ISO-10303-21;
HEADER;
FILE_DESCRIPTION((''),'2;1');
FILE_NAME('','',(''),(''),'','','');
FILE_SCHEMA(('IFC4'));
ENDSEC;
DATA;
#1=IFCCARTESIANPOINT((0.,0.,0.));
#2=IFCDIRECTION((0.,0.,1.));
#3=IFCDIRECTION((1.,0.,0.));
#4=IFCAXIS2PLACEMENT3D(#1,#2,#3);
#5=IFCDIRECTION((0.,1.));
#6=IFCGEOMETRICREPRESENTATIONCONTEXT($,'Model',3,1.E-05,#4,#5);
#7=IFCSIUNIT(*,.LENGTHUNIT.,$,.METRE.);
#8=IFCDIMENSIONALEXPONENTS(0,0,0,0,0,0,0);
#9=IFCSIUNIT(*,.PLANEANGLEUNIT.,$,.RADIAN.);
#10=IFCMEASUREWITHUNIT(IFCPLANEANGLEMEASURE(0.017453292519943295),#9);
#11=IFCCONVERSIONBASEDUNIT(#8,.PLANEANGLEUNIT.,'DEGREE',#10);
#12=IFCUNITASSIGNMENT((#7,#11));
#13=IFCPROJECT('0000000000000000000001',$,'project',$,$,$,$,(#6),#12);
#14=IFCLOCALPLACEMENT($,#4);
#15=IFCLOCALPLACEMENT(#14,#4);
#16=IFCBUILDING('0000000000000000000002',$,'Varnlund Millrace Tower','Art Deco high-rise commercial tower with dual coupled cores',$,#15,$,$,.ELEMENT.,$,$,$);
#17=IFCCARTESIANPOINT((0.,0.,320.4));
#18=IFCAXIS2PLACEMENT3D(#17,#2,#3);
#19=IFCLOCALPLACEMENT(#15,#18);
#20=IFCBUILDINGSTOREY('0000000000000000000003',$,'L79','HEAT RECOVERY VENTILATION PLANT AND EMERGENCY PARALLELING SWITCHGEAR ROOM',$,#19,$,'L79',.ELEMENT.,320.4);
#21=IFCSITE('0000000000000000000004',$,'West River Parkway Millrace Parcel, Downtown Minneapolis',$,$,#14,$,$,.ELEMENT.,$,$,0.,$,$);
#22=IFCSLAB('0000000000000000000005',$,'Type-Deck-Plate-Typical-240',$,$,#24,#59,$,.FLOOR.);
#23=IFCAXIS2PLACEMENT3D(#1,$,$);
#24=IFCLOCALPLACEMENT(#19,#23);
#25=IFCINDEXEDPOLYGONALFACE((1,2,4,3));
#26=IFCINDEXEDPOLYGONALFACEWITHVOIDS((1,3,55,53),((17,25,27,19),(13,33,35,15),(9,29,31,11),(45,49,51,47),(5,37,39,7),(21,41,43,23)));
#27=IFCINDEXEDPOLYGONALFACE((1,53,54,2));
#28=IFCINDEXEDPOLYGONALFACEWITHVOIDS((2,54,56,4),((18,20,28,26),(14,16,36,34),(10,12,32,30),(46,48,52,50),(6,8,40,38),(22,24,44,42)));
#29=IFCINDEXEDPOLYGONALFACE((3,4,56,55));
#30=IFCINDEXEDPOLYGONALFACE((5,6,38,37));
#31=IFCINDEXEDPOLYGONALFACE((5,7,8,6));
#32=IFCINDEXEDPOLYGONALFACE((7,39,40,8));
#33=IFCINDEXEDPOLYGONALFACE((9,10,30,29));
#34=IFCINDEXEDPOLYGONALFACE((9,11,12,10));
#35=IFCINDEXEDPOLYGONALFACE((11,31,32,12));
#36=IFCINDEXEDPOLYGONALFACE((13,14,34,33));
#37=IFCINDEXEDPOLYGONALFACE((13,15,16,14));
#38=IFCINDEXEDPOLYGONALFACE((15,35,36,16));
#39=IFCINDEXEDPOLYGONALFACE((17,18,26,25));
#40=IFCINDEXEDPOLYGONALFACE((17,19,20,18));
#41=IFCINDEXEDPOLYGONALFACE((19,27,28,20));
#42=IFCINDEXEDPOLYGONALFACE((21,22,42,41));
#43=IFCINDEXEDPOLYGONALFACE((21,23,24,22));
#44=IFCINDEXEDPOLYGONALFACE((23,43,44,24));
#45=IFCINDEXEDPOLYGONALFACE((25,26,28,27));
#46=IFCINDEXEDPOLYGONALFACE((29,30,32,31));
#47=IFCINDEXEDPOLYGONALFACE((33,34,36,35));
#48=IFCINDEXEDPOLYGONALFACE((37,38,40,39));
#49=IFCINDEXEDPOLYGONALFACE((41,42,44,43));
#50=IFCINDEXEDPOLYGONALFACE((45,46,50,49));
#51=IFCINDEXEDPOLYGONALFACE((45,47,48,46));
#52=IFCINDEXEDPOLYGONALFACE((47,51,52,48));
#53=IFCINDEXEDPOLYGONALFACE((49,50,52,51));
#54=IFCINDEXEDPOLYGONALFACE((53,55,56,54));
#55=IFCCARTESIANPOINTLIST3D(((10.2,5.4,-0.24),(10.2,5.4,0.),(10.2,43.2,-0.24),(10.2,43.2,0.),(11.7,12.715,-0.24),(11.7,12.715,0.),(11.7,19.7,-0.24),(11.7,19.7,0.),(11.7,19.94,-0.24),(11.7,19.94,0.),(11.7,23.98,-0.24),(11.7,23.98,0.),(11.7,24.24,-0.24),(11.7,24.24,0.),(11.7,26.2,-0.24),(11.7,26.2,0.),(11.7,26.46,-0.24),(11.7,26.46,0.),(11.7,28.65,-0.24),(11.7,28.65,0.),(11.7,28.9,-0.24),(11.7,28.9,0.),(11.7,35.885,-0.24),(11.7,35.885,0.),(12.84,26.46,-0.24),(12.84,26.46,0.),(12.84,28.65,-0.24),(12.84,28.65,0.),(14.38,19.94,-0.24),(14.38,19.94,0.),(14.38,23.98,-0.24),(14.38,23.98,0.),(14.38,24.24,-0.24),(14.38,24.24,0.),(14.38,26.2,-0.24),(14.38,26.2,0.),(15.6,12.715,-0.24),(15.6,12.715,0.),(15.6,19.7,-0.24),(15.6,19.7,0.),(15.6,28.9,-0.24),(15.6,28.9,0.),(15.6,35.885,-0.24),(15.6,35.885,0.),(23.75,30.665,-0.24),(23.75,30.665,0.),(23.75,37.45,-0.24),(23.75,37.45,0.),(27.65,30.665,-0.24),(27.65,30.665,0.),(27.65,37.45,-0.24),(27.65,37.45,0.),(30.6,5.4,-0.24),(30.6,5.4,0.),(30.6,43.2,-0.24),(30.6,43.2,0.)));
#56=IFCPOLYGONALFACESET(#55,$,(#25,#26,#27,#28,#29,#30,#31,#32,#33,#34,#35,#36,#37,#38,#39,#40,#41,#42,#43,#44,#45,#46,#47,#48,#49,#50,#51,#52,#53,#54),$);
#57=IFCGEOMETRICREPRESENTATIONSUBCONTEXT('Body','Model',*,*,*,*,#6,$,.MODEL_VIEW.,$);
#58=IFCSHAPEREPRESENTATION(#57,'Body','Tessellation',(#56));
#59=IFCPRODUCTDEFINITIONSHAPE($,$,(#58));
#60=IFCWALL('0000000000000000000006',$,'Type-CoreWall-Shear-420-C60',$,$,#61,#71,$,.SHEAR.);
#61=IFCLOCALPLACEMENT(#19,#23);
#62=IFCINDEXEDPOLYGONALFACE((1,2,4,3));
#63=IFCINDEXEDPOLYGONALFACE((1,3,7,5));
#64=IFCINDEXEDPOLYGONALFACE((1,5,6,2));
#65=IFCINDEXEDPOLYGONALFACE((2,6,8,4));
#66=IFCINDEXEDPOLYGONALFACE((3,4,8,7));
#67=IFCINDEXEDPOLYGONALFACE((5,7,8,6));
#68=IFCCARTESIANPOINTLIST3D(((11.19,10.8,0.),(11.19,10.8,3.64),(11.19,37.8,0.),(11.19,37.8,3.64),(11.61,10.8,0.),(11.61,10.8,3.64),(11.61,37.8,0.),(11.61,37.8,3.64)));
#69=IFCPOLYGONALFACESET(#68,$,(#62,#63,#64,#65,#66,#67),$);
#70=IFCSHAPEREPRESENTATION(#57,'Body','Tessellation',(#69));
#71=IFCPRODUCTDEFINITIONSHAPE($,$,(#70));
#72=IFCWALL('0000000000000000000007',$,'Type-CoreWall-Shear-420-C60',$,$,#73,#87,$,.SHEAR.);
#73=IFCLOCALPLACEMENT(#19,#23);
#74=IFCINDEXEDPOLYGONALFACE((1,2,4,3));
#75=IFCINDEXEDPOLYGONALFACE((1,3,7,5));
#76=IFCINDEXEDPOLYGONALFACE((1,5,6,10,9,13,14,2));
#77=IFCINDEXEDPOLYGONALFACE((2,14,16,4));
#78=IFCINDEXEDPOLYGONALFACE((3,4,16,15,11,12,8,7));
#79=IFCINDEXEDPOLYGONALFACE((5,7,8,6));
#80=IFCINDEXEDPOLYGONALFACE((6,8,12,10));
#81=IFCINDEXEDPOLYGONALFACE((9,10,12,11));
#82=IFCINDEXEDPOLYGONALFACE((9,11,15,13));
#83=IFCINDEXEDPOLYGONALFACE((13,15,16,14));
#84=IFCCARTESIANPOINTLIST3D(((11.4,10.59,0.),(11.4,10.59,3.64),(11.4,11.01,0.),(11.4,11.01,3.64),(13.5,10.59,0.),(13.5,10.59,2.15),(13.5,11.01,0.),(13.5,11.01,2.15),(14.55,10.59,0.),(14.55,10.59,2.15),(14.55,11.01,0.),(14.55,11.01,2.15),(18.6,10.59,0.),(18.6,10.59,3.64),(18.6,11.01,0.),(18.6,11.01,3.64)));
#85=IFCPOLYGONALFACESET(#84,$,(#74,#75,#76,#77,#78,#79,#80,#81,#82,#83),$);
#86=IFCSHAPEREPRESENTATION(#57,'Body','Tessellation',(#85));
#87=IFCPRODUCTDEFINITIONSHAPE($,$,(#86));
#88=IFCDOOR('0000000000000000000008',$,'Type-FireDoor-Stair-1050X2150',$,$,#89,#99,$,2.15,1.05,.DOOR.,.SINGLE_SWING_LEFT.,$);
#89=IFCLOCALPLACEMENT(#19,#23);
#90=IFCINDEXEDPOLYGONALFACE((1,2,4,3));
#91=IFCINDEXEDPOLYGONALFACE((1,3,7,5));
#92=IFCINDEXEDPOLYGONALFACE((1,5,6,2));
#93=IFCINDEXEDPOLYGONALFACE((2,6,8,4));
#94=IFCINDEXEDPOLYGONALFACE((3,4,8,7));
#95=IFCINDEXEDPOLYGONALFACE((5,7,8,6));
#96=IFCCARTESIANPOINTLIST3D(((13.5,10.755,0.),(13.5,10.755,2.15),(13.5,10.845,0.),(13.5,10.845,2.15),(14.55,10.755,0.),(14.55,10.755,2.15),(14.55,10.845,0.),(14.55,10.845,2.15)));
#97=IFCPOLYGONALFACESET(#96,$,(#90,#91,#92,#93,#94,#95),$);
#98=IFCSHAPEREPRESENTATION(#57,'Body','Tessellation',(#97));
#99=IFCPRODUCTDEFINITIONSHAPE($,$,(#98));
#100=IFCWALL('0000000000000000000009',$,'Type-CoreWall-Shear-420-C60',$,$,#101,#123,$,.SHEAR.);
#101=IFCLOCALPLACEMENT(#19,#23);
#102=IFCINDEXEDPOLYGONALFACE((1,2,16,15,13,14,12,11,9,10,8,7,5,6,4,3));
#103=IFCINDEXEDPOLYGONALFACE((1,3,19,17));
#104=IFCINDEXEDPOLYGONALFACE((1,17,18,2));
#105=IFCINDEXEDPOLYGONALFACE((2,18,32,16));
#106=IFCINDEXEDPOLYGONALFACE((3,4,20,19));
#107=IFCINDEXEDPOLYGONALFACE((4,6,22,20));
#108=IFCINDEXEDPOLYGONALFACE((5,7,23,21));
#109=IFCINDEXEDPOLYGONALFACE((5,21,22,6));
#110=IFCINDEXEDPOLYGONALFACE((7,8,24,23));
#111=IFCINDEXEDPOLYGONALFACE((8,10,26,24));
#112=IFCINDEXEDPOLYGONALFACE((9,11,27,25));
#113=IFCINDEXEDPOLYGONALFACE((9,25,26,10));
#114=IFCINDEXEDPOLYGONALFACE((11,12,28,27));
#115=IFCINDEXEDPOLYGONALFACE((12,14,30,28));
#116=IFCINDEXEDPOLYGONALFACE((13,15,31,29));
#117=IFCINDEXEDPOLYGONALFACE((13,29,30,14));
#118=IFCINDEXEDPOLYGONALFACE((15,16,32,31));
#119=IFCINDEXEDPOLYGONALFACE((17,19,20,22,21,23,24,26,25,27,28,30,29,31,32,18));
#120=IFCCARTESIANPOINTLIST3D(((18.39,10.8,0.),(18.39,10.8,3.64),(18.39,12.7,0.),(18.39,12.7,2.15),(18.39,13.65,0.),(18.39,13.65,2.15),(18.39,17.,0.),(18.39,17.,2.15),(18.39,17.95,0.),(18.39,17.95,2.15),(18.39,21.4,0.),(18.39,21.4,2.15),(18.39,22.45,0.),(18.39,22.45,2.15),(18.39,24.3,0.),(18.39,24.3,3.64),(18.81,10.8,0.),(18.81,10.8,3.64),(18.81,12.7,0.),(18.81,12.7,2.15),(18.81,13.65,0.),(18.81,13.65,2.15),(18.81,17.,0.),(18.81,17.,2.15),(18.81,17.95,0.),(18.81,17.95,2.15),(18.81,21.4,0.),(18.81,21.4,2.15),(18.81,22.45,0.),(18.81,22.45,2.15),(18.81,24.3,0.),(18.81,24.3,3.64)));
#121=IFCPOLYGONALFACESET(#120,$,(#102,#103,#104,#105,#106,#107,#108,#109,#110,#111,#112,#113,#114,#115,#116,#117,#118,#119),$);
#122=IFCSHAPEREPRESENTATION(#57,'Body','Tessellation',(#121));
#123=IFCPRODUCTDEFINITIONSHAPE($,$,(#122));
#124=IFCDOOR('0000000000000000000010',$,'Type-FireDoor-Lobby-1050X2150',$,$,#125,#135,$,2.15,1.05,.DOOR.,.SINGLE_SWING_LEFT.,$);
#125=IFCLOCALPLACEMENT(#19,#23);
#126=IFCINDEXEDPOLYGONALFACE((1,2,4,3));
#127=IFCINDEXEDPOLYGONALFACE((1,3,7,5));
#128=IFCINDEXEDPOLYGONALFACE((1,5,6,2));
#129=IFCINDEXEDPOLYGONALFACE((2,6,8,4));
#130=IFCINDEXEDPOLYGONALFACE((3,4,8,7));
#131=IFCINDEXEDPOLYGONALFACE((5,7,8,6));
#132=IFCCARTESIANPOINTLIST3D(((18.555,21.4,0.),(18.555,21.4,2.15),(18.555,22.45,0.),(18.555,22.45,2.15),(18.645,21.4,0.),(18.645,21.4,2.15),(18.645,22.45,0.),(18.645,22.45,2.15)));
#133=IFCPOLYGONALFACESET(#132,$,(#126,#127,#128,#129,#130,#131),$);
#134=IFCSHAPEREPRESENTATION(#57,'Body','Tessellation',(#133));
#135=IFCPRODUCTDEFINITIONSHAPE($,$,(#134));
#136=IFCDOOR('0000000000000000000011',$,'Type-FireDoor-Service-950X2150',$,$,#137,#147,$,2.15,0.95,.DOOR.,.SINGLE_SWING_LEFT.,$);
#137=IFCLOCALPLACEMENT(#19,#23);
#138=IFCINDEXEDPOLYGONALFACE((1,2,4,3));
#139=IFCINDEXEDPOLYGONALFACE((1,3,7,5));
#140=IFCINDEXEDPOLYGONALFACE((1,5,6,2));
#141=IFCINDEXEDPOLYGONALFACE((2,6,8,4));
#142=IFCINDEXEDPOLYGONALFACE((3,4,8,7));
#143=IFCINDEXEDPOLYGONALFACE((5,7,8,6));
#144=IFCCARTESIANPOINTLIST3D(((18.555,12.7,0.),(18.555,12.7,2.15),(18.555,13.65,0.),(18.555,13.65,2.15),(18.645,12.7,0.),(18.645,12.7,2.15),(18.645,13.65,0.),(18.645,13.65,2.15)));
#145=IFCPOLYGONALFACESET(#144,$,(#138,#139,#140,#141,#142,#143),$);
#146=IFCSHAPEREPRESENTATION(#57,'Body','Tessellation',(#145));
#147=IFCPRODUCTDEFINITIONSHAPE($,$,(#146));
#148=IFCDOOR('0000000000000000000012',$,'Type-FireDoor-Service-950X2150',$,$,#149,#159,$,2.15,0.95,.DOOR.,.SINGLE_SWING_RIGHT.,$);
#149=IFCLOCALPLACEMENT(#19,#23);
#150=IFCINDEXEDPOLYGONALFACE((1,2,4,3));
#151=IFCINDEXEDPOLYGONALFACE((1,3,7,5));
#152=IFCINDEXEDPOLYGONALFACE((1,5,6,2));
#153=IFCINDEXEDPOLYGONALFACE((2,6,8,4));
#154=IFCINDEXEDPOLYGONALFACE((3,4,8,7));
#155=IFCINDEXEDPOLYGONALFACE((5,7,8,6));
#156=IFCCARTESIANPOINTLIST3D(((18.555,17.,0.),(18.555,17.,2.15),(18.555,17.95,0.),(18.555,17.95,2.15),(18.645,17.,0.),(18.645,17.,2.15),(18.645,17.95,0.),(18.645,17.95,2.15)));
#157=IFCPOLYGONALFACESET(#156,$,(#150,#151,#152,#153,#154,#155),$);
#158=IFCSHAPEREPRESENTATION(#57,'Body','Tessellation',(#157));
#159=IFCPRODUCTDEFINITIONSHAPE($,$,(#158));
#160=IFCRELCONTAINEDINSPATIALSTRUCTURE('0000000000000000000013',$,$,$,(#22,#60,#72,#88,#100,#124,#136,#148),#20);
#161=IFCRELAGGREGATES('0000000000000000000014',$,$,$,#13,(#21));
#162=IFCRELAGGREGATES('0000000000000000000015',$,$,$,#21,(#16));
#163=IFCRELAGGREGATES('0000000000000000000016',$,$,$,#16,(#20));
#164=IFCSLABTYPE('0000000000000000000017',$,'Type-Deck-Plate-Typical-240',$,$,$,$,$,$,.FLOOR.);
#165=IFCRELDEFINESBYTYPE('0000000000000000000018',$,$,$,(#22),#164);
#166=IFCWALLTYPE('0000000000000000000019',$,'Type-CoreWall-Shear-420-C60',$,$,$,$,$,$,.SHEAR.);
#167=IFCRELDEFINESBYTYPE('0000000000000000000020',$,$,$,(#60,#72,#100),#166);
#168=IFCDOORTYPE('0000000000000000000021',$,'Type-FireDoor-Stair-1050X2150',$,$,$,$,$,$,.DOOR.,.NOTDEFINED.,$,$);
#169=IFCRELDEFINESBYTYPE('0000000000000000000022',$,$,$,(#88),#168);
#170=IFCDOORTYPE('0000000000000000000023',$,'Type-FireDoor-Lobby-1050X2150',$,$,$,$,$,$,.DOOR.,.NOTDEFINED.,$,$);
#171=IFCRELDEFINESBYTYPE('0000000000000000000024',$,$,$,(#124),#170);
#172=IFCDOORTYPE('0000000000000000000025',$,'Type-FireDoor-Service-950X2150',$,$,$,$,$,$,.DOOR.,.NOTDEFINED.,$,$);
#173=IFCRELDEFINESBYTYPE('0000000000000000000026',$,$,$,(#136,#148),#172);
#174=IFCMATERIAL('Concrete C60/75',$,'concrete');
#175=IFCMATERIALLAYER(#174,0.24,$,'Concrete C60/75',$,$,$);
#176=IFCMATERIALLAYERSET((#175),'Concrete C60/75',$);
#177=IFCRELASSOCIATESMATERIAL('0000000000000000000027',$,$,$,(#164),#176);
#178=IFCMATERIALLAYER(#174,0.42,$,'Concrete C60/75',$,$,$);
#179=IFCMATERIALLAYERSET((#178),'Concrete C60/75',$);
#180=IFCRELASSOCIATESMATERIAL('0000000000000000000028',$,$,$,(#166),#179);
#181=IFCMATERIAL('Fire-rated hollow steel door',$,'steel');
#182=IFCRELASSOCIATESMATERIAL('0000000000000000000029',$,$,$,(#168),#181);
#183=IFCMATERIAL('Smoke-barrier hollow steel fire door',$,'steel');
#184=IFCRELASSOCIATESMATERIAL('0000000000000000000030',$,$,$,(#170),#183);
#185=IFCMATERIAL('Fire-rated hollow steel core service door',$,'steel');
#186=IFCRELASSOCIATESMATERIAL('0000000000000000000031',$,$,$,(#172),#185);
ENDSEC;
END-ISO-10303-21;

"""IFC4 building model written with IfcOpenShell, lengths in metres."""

from ifc_helpers import new_model, entity, si_unit, converted_unit, direction, frame, origin_with_axes, origin_2d_with_axis, place, context, subcontext, project, spatial, polyline, rectangle, outline, extrude, material, layer, layer_set, type_object, element, fill, save


model = new_model("IFC4")

# Units and contexts
model_context = context("Model", 3, precision=1e-05, world=origin_with_axes(), true_north=direction((0.0, 1.0)))
body_context = subcontext(model_context, "Body", "Model", "MODEL_VIEW")
ifc_project = project(units=[si_unit("LENGTHUNIT", "METRE"), converted_unit("PLANEANGLEUNIT", "DEGREE", entity("IfcPlaneAngleMeasure", 0.017453292519943295), si_unit("PLANEANGLEUNIT", "RADIAN"), dimensions=[0, 0, 0, 0, 0, 0, 0])], contexts=[model_context])

# Site, building, storey
site_placement = place(None, origin_with_axes())
site = spatial("IfcSite", under=ifc_project, at=site_placement, Name="West River Parkway Millrace Parcel, Downtown Minneapolis", CompositionType="ELEMENT", RefElevation=0.0)
building_placement = place(site_placement, origin_with_axes())
building = spatial("IfcBuilding", under=site, at=building_placement, Name="Varnlund Millrace Tower", Description="Art Deco high-rise commercial tower with dual coupled cores", CompositionType="ELEMENT")
storey_placement = place(building_placement, frame((0.0, 0.0, 320.4), z_axis=(0.0, 0.0, 1.0), x_axis=(1.0, 0.0, 0.0)))
storey = spatial("IfcBuildingStorey", under=building, at=storey_placement, Name="L79", Description="HEAT RECOVERY VENTILATION PLANT AND EMERGENCY PARALLELING SWITCHGEAR ROOM", LongName="L79", CompositionType="ELEMENT", Elevation=320.4)

# Slab
ifc_material_1 = material(Name="Concrete C60/75", Category="concrete")
ifc_layer_1 = layer(ifc_material_1, 0.24, Name="Concrete C60/75")
ifc_layer_set_1 = layer_set([ifc_layer_1], Name="Concrete C60/75")
slab_type = type_object("IfcSlabType", Name="Type-Deck-Plate-Typical-240", PredefinedType="FLOOR", material=ifc_layer_set_1)
slab_placement = place(storey_placement, frame((0.0, 0.0, -0.24), z_axis=(0.0, 0.0, 1.0), x_axis=(1.0, 0.0, 0.0)))
element("IfcSlab", 1, at=slab_placement, inside=storey, type_object=slab_type, Name="Type-Deck-Plate-Typical-240", PredefinedType="FLOOR", context=body_context, shape_type="SweptSolid", body=[
    extrude(outline(polyline([(30.6, 5.4), (30.6, 43.2), (10.2, 43.2), (10.2, 5.4), (30.6, 5.4)]), holes=[polyline([(11.7, 19.7), (15.6, 19.7), (15.6, 12.715), (11.7, 12.715), (11.7, 19.7)]), polyline([(11.7, 19.94), (11.7, 23.98), (14.38, 23.98), (14.38, 19.94), (11.7, 19.94)]), polyline([(14.38, 26.2), (14.38, 24.24), (11.7, 24.24), (11.7, 26.2), (14.38, 26.2)]), polyline([(12.84, 28.65), (12.84, 26.46), (11.7, 26.46), (11.7, 28.65), (12.84, 28.65)]), polyline([(15.6, 35.885), (15.6, 28.9), (11.7, 28.9), (11.7, 35.885), (15.6, 35.885)]), polyline([(27.65, 37.45), (27.65, 30.665), (23.75, 30.665), (23.75, 37.45), (27.65, 37.45)])]), origin_with_axes(), (0.0, 0.0, 1.0), 0.24),
])

# Wall
ifc_layer_2 = layer(ifc_material_1, 0.42, Name="Concrete C60/75")
ifc_layer_set_2 = layer_set([ifc_layer_2], Name="Concrete C60/75")
wall_type_1 = type_object("IfcWallType", Name="Type-CoreWall-Shear-420-C60", PredefinedType="SHEAR", material=ifc_layer_set_2)
wall_1_placement = place(storey_placement, frame((11.4, 10.8, 0.0), z_axis=(0.0, 0.0, 1.0), x_axis=(0.0, 1.0, 0.0)))
element("IfcWall", 2, at=wall_1_placement, inside=storey, type_object=wall_type_1, Name="Type-CoreWall-Shear-420-C60", PredefinedType="SHEAR", context=body_context, shape_type="SweptSolid", body=[
    extrude(outline(polyline([(0.0, -0.21), (27.0, -0.21), (27.0, 0.21), (0.0, 0.21), (0.0, -0.21)])), origin_with_axes(), (0.0, 0.0, 1.0), 3.64),
])

# Wall, opening, door
wall_2_placement = place(storey_placement, frame((11.4, 10.8, 0.0), z_axis=(0.0, 0.0, 1.0), x_axis=(1.0, 0.0, 0.0)))
wall_2 = element("IfcWall", 3, at=wall_2_placement, inside=storey, type_object=wall_type_1, Name="Type-CoreWall-Shear-420-C60", PredefinedType="SHEAR", context=body_context, shape_type="SweptSolid", body=[
    extrude(outline(polyline([(0.0, -0.21), (7.2, -0.21), (7.2, 0.21), (0.0, 0.21), (0.0, -0.21)])), origin_with_axes(), (0.0, 0.0, 1.0), 3.64),
])
opening_1_placement = place(wall_2_placement, frame((2.625, 0.0, 0.0), z_axis=(0.0, 0.0, 1.0), x_axis=(1.0, 0.0, 0.0)))
opening_1 = element("IfcOpeningElement", 4, at=opening_1_placement, cuts=wall_2, PredefinedType="OPENING", context=body_context, shape_type="SweptSolid", body=[
    extrude(rectangle(XDim=1.05, YDim=0.44, at=origin_2d_with_axis()), origin_with_axes(), (0.0, 0.0, 1.0), 2.15),
])
ifc_material_2 = material(Name="Fire-rated hollow steel door", Category="steel")
door_type_1 = type_object("IfcDoorType", Name="Type-FireDoor-Stair-1050X2150", OperationType="NOTDEFINED", PredefinedType="DOOR", material=ifc_material_2)
door_1_placement = place(wall_2_placement, frame((2.625, 0.0, 0.0), z_axis=(0.0, 0.0, 1.0), x_axis=(1.0, 0.0, 0.0)))
door_1 = element("IfcDoor", 5, at=door_1_placement, inside=storey, type_object=door_type_1, Name="Type-FireDoor-Stair-1050X2150", OperationType="SINGLE_SWING_LEFT", OverallHeight=2.15, OverallWidth=1.05, PredefinedType="DOOR", context=body_context, shape_type="SweptSolid", body=[
    extrude(rectangle(XDim=1.05, YDim=0.09, at=origin_2d_with_axis()), origin_with_axes(), (0.0, 0.0, 1.0), 2.15),
])
fill(opening_1, door_1)

# Wall, openings, doors
wall_3_placement = place(storey_placement, frame((18.6, 10.8, 0.0), z_axis=(0.0, 0.0, 1.0), x_axis=(0.0, 1.0, 0.0)))
wall_3 = element("IfcWall", 6, at=wall_3_placement, inside=storey, type_object=wall_type_1, Name="Type-CoreWall-Shear-420-C60", PredefinedType="SHEAR", context=body_context, shape_type="SweptSolid", body=[
    extrude(outline(polyline([(0.0, -0.21), (13.5, -0.21), (13.5, 0.21), (0.0, 0.21), (0.0, -0.21)])), origin_with_axes(), (0.0, 0.0, 1.0), 3.64),
])
opening_2_placement = place(wall_3_placement, frame((11.125, 0.0, 0.0), z_axis=(0.0, 0.0, 1.0), x_axis=(1.0, 0.0, 0.0)))
opening_2 = element("IfcOpeningElement", 7, at=opening_2_placement, cuts=wall_3, PredefinedType="OPENING", context=body_context, shape_type="SweptSolid", body=[
    extrude(rectangle(XDim=1.05, YDim=0.44, at=origin_2d_with_axis()), origin_with_axes(), (0.0, 0.0, 1.0), 2.15),
])
opening_3_placement = place(wall_3_placement, frame((2.375, 0.0, 0.0), z_axis=(0.0, 0.0, 1.0), x_axis=(1.0, 0.0, 0.0)))
opening_3 = element("IfcOpeningElement", 8, at=opening_3_placement, cuts=wall_3, PredefinedType="OPENING", context=body_context, shape_type="SweptSolid", body=[
    extrude(rectangle(XDim=0.95, YDim=0.44, at=origin_2d_with_axis()), origin_with_axes(), (0.0, 0.0, 1.0), 2.15),
])
opening_4_placement = place(wall_3_placement, frame((6.675, 0.0, 0.0), z_axis=(0.0, 0.0, 1.0), x_axis=(1.0, 0.0, 0.0)))
opening_4 = element("IfcOpeningElement", 9, at=opening_4_placement, cuts=wall_3, PredefinedType="OPENING", context=body_context, shape_type="SweptSolid", body=[
    extrude(rectangle(XDim=0.95, YDim=0.44, at=origin_2d_with_axis()), origin_with_axes(), (0.0, 0.0, 1.0), 2.15),
])
ifc_material_3 = material(Name="Smoke-barrier hollow steel fire door", Category="steel")
door_type_2 = type_object("IfcDoorType", Name="Type-FireDoor-Lobby-1050X2150", OperationType="NOTDEFINED", PredefinedType="DOOR", material=ifc_material_3)
door_2_placement = place(wall_3_placement, frame((11.125, 0.0, 0.0), z_axis=(0.0, 0.0, 1.0), x_axis=(1.0, 0.0, 0.0)))
door_2 = element("IfcDoor", 10, at=door_2_placement, inside=storey, type_object=door_type_2, Name="Type-FireDoor-Lobby-1050X2150", OperationType="SINGLE_SWING_LEFT", OverallHeight=2.15, OverallWidth=1.05, PredefinedType="DOOR", context=body_context, shape_type="SweptSolid", body=[
    extrude(rectangle(XDim=1.05, YDim=0.09, at=origin_2d_with_axis()), origin_with_axes(), (0.0, 0.0, 1.0), 2.15),
])
fill(opening_2, door_2)
ifc_material_4 = material(Name="Fire-rated hollow steel core service door", Category="steel")
door_type_3 = type_object("IfcDoorType", Name="Type-FireDoor-Service-950X2150", OperationType="NOTDEFINED", PredefinedType="DOOR", material=ifc_material_4)
door_3_placement = place(wall_3_placement, frame((2.375, 0.0, 0.0), z_axis=(0.0, 0.0, 1.0), x_axis=(1.0, 0.0, 0.0)))
door_3 = element("IfcDoor", 11, at=door_3_placement, inside=storey, type_object=door_type_3, Name="Type-FireDoor-Service-950X2150", OperationType="SINGLE_SWING_LEFT", OverallHeight=2.15, OverallWidth=0.95, PredefinedType="DOOR", context=body_context, shape_type="SweptSolid", body=[
    extrude(rectangle(XDim=0.95, YDim=0.09, at=origin_2d_with_axis()), origin_with_axes(), (0.0, 0.0, 1.0), 2.15),
])
fill(opening_3, door_3)
door_4_placement = place(wall_3_placement, frame((6.675, 0.0, 0.0), z_axis=(0.0, 0.0, 1.0), x_axis=(1.0, 0.0, 0.0)))
door_4 = element("IfcDoor", 12, at=door_4_placement, inside=storey, type_object=door_type_3, Name="Type-FireDoor-Service-950X2150", OperationType="SINGLE_SWING_RIGHT", OverallHeight=2.15, OverallWidth=0.95, PredefinedType="DOOR", context=body_context, shape_type="SweptSolid", body=[
    extrude(rectangle(XDim=0.95, YDim=0.09, at=origin_2d_with_axis()), origin_with_axes(), (0.0, 0.0, 1.0), 2.15),
])
fill(opening_4, door_4)

save(model, "model.ifc")
